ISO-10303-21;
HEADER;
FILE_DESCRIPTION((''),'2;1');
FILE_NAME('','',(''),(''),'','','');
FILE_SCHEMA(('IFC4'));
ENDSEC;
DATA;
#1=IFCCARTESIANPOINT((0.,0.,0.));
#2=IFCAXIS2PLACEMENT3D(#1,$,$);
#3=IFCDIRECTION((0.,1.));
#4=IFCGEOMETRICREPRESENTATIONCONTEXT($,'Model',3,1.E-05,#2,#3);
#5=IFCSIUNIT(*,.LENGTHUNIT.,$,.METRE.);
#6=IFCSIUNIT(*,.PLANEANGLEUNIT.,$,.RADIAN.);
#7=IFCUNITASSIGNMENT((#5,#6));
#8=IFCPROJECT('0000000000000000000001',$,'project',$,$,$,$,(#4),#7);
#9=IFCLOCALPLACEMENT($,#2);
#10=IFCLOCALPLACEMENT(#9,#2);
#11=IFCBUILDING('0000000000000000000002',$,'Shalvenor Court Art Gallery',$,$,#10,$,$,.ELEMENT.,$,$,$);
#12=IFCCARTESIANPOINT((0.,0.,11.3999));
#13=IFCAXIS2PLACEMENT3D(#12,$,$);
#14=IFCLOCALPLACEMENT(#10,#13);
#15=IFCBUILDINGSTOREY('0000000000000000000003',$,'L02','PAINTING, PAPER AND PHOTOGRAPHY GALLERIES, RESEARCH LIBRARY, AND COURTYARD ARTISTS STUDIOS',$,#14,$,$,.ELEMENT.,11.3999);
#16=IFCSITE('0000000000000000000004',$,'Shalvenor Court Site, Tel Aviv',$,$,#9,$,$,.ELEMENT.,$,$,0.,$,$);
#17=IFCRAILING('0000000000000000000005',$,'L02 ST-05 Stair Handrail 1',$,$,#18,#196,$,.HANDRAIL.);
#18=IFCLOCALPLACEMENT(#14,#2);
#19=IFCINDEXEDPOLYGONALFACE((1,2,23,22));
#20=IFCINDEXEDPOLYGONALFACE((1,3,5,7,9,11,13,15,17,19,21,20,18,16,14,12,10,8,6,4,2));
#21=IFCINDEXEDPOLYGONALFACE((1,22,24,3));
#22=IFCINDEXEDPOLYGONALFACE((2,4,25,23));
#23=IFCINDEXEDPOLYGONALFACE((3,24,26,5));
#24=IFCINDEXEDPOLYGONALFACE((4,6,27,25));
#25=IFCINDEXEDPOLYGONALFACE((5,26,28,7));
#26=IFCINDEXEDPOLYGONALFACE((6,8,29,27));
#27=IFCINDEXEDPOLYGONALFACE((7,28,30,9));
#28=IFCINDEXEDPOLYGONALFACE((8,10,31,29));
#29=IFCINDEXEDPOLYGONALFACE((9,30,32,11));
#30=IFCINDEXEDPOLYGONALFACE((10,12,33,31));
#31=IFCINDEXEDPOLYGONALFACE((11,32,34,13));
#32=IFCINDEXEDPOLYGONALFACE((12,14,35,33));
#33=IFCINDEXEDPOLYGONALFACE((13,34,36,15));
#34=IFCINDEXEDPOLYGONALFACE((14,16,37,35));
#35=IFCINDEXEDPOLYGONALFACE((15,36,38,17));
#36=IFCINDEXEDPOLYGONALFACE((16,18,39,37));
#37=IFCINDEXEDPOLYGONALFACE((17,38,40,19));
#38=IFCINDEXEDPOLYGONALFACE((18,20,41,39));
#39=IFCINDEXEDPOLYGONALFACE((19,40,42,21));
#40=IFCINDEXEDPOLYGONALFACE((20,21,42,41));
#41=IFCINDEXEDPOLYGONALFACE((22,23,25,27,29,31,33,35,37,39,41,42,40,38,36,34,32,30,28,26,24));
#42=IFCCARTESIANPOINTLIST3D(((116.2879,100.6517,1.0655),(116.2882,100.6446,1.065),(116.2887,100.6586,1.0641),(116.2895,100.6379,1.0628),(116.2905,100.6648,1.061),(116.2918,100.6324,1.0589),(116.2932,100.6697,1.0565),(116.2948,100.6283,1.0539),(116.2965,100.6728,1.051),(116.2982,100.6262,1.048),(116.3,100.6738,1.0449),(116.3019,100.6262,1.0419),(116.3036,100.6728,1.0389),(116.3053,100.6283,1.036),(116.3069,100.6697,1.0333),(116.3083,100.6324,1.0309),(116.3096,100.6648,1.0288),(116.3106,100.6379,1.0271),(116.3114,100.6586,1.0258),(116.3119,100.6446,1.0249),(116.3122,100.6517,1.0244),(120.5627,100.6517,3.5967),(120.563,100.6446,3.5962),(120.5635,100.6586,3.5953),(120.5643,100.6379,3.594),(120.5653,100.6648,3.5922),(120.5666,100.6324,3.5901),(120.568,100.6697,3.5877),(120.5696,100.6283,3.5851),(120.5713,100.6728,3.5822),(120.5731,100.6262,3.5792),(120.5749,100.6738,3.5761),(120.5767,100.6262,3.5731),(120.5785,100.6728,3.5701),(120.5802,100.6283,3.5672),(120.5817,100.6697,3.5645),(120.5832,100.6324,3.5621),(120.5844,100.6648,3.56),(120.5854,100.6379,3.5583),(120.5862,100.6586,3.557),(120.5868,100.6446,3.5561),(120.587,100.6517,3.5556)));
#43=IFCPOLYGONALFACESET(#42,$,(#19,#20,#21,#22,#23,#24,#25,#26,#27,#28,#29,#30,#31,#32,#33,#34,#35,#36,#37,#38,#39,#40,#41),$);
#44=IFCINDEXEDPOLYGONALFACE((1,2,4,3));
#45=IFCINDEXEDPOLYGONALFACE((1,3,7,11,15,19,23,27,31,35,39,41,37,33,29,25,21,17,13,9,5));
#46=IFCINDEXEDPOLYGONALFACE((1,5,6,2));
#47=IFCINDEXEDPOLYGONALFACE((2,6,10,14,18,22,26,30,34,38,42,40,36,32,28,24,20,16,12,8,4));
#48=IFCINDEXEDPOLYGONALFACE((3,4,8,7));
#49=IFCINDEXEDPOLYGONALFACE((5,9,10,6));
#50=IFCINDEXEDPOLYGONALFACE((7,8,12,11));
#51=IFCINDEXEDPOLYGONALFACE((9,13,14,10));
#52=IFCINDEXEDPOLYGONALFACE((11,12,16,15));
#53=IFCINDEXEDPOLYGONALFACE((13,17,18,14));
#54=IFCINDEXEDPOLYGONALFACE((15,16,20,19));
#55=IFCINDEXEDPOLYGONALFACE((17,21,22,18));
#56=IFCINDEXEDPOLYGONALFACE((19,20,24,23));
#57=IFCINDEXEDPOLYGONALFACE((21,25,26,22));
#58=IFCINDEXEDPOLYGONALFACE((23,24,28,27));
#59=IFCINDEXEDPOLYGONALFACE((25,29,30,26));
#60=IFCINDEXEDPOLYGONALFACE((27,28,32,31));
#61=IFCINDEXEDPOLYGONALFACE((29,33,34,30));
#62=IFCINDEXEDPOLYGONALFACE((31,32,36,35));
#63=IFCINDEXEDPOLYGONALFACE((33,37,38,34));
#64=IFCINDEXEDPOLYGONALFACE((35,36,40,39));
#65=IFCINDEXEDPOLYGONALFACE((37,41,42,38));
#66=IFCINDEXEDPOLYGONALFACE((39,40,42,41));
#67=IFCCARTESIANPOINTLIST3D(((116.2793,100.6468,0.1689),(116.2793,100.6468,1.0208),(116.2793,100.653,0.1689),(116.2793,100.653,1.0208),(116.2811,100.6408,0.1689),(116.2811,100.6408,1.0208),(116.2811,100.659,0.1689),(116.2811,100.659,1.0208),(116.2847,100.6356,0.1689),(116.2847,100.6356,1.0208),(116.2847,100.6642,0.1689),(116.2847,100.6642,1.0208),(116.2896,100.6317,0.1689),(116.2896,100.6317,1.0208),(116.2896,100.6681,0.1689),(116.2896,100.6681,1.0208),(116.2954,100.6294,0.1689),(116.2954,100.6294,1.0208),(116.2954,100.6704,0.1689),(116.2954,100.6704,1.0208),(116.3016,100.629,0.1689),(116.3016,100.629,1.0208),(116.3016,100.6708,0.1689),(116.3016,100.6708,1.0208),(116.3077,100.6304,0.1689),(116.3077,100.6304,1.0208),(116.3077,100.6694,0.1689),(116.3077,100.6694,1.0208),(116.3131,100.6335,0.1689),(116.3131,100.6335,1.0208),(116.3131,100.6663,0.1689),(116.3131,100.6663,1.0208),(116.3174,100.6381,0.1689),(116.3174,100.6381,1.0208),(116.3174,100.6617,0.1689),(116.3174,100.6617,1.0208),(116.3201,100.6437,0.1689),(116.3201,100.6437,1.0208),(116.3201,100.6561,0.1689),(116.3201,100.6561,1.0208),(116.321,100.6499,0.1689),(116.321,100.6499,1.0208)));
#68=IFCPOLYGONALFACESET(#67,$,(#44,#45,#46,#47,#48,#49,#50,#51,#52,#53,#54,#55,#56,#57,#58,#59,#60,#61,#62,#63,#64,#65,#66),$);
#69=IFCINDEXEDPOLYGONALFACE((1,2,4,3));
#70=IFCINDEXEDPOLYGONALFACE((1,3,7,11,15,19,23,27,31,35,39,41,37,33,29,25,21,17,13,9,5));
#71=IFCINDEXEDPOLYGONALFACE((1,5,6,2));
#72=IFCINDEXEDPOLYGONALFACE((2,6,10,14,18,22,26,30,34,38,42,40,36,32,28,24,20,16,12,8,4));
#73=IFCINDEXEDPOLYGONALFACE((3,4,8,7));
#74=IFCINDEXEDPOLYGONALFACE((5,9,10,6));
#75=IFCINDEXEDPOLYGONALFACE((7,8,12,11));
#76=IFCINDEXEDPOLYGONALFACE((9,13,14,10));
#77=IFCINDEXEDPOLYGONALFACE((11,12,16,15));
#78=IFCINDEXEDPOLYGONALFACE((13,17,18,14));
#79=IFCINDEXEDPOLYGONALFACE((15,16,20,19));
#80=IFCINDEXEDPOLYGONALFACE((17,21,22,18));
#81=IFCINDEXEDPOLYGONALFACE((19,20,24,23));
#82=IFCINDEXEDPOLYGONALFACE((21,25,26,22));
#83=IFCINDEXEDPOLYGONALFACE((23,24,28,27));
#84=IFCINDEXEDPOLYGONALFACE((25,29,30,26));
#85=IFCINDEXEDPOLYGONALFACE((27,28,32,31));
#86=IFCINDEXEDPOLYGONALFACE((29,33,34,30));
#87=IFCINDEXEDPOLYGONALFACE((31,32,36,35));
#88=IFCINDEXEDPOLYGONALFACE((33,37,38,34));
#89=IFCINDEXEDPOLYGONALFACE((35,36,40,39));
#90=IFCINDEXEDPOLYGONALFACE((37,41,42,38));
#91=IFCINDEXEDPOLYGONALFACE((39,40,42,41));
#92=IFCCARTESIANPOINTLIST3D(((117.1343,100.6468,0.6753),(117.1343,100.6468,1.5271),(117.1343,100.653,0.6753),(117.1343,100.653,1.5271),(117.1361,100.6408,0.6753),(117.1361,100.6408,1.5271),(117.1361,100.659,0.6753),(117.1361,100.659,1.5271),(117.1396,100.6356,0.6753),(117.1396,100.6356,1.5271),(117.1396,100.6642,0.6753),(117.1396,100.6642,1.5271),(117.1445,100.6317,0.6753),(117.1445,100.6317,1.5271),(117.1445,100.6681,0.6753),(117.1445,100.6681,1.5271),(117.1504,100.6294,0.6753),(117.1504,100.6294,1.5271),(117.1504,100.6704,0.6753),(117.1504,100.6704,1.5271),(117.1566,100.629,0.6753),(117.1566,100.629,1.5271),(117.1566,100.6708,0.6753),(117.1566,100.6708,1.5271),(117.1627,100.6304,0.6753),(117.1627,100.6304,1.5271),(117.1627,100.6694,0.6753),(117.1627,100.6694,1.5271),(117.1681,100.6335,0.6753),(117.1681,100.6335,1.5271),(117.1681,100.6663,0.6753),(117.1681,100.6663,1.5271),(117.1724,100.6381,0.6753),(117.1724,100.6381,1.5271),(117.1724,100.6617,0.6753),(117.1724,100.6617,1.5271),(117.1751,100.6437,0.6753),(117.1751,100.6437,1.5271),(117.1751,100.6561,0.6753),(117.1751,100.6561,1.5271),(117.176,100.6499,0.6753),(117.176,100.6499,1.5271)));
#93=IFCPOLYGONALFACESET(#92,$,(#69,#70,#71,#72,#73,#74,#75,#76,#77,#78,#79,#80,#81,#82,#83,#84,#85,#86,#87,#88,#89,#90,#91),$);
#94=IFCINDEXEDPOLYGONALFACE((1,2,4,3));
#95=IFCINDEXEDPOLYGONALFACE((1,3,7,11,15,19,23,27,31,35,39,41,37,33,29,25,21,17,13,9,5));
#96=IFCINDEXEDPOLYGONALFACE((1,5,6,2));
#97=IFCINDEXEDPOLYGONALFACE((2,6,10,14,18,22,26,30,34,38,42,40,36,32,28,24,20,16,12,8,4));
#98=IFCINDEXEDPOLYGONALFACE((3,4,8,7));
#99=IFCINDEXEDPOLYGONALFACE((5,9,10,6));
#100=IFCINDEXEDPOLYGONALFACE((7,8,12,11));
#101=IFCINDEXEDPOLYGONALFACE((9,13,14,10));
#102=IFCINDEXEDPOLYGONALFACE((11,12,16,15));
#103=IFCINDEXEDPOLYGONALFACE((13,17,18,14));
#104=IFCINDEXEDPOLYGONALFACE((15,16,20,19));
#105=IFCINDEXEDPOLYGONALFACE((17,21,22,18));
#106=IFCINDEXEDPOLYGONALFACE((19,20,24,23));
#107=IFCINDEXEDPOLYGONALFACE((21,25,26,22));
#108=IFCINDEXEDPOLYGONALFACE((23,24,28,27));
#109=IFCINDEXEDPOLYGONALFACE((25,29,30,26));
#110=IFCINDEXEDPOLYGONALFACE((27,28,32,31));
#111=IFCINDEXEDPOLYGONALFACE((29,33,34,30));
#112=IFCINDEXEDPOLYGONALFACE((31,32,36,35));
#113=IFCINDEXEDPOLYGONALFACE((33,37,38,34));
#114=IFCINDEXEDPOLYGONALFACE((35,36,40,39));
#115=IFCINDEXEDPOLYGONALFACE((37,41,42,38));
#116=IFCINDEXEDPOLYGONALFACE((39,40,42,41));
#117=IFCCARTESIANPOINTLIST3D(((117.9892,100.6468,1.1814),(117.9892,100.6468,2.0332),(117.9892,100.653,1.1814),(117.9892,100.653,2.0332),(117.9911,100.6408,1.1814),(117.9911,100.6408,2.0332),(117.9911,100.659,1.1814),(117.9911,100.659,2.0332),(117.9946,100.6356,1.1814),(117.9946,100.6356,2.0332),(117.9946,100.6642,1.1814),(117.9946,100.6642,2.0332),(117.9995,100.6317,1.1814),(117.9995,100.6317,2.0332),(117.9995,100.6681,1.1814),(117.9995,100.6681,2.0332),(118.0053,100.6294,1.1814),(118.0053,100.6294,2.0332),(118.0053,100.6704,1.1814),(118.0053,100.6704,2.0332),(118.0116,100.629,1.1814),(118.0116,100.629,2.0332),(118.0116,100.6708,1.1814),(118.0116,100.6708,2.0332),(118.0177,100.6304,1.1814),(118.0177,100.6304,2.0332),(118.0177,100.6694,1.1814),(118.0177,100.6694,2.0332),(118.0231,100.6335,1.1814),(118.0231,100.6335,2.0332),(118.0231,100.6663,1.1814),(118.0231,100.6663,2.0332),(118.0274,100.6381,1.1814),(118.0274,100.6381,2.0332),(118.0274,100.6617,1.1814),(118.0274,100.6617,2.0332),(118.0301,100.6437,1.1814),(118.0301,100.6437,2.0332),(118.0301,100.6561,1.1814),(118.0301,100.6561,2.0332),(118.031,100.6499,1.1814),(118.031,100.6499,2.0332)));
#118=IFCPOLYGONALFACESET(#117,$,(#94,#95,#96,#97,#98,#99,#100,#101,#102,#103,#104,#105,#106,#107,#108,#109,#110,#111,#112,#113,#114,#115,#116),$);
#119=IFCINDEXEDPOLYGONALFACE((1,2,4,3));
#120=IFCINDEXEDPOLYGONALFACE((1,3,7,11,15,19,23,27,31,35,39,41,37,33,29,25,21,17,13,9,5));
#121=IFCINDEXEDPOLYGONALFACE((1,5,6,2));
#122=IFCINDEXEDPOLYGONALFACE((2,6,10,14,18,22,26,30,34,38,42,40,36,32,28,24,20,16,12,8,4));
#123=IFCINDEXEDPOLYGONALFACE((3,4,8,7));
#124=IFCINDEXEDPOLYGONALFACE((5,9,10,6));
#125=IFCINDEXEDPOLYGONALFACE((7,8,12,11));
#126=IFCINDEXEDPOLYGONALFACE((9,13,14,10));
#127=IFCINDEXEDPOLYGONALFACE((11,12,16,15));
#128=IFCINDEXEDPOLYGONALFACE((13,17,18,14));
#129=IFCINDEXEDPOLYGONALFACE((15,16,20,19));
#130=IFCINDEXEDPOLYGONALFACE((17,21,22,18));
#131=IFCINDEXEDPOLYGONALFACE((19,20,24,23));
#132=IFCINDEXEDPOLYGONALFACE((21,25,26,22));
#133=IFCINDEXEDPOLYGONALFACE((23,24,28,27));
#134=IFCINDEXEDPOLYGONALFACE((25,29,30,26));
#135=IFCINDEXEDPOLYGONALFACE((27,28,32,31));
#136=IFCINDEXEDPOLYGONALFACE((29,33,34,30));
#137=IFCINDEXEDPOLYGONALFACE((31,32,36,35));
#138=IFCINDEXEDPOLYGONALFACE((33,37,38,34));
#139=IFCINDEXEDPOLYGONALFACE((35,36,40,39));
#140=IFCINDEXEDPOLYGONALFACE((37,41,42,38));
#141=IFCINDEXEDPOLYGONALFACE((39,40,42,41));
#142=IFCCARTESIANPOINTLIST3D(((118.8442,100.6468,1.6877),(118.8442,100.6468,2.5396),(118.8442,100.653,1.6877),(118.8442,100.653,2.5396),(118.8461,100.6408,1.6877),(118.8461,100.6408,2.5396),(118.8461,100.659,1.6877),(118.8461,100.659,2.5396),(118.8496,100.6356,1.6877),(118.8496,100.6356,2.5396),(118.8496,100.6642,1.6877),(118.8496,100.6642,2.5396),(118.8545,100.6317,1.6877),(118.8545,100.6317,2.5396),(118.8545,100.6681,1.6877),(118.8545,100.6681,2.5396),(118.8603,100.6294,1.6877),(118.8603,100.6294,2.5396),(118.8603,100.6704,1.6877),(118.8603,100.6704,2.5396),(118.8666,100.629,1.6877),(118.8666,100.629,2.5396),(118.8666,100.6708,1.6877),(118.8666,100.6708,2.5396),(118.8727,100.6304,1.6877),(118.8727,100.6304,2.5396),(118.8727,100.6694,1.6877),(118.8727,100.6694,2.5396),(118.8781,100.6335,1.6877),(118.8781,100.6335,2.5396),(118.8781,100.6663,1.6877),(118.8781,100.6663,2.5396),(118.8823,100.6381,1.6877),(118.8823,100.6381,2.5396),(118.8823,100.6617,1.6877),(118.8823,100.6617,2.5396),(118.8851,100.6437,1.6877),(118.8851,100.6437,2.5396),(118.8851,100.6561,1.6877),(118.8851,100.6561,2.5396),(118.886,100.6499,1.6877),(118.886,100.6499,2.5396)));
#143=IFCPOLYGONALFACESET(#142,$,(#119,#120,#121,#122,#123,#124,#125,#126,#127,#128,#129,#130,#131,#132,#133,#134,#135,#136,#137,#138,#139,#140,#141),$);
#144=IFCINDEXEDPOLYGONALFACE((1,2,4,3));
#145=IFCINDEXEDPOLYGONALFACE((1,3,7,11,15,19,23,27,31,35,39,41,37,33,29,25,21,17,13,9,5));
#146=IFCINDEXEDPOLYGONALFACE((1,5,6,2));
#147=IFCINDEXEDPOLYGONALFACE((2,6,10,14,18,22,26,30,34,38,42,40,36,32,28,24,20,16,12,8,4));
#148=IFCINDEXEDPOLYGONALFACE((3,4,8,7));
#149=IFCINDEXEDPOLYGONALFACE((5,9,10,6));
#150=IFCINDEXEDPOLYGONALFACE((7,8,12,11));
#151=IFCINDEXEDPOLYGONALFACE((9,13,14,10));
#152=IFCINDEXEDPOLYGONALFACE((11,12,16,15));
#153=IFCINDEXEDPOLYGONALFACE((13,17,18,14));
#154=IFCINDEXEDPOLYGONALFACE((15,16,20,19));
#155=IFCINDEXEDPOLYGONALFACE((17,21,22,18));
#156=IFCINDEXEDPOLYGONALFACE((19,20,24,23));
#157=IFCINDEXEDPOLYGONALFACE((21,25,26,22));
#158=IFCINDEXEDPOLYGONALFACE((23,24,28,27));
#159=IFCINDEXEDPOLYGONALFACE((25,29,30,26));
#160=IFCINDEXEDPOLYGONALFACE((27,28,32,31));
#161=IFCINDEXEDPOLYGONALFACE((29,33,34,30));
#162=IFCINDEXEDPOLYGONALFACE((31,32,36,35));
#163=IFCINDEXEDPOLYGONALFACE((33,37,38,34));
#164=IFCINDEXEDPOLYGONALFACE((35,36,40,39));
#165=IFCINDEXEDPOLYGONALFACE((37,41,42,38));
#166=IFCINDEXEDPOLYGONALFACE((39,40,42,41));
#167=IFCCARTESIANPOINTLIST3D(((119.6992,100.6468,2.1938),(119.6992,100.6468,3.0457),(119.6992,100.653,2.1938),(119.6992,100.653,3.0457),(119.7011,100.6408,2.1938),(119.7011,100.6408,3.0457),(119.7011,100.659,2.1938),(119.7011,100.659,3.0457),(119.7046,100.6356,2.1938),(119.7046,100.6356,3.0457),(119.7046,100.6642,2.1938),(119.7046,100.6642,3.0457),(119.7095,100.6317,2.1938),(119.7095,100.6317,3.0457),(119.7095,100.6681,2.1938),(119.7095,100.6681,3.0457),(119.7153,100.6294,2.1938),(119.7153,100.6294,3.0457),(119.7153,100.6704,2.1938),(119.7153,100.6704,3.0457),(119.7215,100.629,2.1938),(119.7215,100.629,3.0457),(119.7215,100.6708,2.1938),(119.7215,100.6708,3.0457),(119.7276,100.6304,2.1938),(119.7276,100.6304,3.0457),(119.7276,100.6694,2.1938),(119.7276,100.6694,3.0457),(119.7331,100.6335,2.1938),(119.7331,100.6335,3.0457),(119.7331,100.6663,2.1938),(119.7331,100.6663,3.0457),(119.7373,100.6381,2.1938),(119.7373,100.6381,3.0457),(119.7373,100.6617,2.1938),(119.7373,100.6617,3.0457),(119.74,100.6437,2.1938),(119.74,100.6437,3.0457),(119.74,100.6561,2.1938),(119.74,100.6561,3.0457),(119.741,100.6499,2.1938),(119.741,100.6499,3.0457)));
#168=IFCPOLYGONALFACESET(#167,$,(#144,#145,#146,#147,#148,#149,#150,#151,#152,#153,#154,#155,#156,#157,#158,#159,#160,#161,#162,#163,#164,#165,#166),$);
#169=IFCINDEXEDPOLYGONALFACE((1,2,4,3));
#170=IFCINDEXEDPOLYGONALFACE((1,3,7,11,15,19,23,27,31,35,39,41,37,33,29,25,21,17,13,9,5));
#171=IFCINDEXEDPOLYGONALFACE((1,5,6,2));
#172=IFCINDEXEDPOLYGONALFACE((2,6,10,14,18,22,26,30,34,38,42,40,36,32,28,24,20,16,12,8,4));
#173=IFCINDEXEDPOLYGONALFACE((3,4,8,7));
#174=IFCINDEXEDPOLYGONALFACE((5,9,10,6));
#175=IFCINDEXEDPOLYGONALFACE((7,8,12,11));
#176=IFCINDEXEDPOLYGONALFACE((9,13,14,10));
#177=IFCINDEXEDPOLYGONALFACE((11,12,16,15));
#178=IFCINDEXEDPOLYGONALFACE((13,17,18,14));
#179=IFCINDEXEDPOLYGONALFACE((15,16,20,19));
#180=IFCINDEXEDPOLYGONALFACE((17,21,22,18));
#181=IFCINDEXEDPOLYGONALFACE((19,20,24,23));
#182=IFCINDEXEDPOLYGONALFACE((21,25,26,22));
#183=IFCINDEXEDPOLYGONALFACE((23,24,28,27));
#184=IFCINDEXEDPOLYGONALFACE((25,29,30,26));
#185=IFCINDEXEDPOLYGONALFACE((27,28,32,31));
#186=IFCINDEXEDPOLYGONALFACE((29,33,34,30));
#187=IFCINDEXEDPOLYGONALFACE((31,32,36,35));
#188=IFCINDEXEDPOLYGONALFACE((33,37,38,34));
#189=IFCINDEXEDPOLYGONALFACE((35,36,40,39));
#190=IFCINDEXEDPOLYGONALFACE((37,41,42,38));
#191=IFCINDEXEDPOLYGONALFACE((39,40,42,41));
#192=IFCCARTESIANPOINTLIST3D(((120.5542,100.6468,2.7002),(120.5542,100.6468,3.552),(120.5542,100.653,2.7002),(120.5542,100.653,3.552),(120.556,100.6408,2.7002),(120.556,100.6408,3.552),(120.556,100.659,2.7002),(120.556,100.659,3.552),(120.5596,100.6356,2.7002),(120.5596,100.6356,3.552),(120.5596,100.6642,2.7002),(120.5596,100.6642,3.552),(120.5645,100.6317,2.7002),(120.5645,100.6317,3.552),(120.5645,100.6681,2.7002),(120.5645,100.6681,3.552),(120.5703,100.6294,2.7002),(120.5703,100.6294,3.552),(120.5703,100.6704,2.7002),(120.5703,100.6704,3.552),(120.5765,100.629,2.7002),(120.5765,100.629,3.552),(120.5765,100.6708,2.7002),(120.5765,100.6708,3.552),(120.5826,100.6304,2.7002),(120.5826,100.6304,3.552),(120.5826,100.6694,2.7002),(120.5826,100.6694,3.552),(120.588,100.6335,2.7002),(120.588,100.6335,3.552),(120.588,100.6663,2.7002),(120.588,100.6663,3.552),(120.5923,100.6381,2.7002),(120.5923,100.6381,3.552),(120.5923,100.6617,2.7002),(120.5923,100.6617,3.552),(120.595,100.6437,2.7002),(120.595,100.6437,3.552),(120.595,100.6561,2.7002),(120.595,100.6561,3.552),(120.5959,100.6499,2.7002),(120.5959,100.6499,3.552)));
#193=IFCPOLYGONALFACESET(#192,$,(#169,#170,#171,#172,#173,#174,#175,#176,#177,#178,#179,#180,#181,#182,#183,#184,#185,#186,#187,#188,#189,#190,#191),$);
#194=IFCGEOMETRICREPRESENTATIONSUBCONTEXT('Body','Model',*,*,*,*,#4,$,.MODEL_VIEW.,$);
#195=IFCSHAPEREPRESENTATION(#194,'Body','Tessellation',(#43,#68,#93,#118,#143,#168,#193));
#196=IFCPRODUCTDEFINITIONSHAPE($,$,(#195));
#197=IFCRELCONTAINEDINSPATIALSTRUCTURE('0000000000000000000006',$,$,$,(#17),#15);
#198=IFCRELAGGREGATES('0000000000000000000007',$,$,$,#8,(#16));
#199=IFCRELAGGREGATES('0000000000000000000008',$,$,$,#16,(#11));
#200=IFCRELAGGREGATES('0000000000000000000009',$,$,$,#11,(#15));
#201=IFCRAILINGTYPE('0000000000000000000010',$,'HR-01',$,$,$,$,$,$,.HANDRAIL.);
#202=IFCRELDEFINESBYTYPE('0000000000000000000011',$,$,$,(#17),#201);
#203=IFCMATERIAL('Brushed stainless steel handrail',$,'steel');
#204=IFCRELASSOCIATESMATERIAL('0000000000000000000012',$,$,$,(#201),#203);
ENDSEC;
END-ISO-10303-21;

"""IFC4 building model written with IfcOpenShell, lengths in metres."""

from ifc_helpers import new_model, si_unit, direction, frame, origin, origin_2d, place, context, subcontext, project, spatial, circle, extrude, material, type_object, element, save


model = new_model("IFC4")

# Units and contexts
model_context = context("Model", 3, precision=1e-05, world=origin(), true_north=direction((0.0, 1.0)))
body_context = subcontext(model_context, "Body", "Model", "MODEL_VIEW")
ifc_project = project(units=[si_unit("LENGTHUNIT", "METRE"), si_unit("PLANEANGLEUNIT", "RADIAN")], contexts=[model_context])

# Site, building, storey
site_placement = place(None, origin())
site = spatial("IfcSite", under=ifc_project, at=site_placement, Name="Shalvenor Court Site, Tel Aviv", CompositionType="ELEMENT", RefElevation=0.0)
building_placement = place(site_placement, origin())
building = spatial("IfcBuilding", under=site, at=building_placement, Name="Shalvenor Court Art Gallery", CompositionType="ELEMENT")
storey_placement = place(building_placement, frame((0.0, 0.0, 11.3999)))
storey = spatial("IfcBuildingStorey", under=building, at=storey_placement, Name="L02", Description="PAINTING, PAPER AND PHOTOGRAPHY GALLERIES, RESEARCH LIBRARY, AND COURTYARD ARTISTS STUDIOS", CompositionType="ELEMENT", Elevation=11.3999)

# Railing
ifc_material_1 = material(Name="Brushed stainless steel handrail", Category="steel")
railing_type_1 = type_object("IfcRailingType", Name="HR-01", PredefinedType="HANDRAIL", material=ifc_material_1)
railing_1_placement = place(storey_placement, frame((116.3, 100.6499, 0.1689)))
element("IfcRailing", 1, at=railing_1_placement, inside=storey, type_object=railing_type_1, Name="L02 ST-05 Stair Handrail 1", PredefinedType="HANDRAIL", context=body_context, shape_type="SweptSolid", body=[
    extrude(circle(Radius=0.0239, at=origin_2d()), frame((0.0, 0.0, 0.876), z_axis=(0.86047, 0.0, 0.509501), x_axis=(0.0, 1.0, 0.0)), (0.0, 0.0, 1.0), 4.968),
    extrude(circle(Radius=0.021, at=origin_2d()), origin(), (0.0, 0.0, 1.0), 0.8518),
    extrude(circle(Radius=0.021, at=origin_2d()), frame((0.855, 0.0, 0.5063)), (0.0, 0.0, 1.0), 0.8518),
    extrude(circle(Radius=0.021, at=origin_2d()), frame((1.71, 0.0, 1.0125)), (0.0, 0.0, 1.0), 0.8518),
    extrude(circle(Radius=0.021, at=origin_2d()), frame((2.5649, 0.0, 1.5188)), (0.0, 0.0, 1.0), 0.8518),
    extrude(circle(Radius=0.021, at=origin_2d()), frame((3.4199, 0.0, 2.0249)), (0.0, 0.0, 1.0), 0.8518),
    extrude(circle(Radius=0.021, at=origin_2d()), frame((4.2749, 0.0, 2.5312)), (0.0, 0.0, 1.0), 0.8518),
])

save(model, "model.ifc")
